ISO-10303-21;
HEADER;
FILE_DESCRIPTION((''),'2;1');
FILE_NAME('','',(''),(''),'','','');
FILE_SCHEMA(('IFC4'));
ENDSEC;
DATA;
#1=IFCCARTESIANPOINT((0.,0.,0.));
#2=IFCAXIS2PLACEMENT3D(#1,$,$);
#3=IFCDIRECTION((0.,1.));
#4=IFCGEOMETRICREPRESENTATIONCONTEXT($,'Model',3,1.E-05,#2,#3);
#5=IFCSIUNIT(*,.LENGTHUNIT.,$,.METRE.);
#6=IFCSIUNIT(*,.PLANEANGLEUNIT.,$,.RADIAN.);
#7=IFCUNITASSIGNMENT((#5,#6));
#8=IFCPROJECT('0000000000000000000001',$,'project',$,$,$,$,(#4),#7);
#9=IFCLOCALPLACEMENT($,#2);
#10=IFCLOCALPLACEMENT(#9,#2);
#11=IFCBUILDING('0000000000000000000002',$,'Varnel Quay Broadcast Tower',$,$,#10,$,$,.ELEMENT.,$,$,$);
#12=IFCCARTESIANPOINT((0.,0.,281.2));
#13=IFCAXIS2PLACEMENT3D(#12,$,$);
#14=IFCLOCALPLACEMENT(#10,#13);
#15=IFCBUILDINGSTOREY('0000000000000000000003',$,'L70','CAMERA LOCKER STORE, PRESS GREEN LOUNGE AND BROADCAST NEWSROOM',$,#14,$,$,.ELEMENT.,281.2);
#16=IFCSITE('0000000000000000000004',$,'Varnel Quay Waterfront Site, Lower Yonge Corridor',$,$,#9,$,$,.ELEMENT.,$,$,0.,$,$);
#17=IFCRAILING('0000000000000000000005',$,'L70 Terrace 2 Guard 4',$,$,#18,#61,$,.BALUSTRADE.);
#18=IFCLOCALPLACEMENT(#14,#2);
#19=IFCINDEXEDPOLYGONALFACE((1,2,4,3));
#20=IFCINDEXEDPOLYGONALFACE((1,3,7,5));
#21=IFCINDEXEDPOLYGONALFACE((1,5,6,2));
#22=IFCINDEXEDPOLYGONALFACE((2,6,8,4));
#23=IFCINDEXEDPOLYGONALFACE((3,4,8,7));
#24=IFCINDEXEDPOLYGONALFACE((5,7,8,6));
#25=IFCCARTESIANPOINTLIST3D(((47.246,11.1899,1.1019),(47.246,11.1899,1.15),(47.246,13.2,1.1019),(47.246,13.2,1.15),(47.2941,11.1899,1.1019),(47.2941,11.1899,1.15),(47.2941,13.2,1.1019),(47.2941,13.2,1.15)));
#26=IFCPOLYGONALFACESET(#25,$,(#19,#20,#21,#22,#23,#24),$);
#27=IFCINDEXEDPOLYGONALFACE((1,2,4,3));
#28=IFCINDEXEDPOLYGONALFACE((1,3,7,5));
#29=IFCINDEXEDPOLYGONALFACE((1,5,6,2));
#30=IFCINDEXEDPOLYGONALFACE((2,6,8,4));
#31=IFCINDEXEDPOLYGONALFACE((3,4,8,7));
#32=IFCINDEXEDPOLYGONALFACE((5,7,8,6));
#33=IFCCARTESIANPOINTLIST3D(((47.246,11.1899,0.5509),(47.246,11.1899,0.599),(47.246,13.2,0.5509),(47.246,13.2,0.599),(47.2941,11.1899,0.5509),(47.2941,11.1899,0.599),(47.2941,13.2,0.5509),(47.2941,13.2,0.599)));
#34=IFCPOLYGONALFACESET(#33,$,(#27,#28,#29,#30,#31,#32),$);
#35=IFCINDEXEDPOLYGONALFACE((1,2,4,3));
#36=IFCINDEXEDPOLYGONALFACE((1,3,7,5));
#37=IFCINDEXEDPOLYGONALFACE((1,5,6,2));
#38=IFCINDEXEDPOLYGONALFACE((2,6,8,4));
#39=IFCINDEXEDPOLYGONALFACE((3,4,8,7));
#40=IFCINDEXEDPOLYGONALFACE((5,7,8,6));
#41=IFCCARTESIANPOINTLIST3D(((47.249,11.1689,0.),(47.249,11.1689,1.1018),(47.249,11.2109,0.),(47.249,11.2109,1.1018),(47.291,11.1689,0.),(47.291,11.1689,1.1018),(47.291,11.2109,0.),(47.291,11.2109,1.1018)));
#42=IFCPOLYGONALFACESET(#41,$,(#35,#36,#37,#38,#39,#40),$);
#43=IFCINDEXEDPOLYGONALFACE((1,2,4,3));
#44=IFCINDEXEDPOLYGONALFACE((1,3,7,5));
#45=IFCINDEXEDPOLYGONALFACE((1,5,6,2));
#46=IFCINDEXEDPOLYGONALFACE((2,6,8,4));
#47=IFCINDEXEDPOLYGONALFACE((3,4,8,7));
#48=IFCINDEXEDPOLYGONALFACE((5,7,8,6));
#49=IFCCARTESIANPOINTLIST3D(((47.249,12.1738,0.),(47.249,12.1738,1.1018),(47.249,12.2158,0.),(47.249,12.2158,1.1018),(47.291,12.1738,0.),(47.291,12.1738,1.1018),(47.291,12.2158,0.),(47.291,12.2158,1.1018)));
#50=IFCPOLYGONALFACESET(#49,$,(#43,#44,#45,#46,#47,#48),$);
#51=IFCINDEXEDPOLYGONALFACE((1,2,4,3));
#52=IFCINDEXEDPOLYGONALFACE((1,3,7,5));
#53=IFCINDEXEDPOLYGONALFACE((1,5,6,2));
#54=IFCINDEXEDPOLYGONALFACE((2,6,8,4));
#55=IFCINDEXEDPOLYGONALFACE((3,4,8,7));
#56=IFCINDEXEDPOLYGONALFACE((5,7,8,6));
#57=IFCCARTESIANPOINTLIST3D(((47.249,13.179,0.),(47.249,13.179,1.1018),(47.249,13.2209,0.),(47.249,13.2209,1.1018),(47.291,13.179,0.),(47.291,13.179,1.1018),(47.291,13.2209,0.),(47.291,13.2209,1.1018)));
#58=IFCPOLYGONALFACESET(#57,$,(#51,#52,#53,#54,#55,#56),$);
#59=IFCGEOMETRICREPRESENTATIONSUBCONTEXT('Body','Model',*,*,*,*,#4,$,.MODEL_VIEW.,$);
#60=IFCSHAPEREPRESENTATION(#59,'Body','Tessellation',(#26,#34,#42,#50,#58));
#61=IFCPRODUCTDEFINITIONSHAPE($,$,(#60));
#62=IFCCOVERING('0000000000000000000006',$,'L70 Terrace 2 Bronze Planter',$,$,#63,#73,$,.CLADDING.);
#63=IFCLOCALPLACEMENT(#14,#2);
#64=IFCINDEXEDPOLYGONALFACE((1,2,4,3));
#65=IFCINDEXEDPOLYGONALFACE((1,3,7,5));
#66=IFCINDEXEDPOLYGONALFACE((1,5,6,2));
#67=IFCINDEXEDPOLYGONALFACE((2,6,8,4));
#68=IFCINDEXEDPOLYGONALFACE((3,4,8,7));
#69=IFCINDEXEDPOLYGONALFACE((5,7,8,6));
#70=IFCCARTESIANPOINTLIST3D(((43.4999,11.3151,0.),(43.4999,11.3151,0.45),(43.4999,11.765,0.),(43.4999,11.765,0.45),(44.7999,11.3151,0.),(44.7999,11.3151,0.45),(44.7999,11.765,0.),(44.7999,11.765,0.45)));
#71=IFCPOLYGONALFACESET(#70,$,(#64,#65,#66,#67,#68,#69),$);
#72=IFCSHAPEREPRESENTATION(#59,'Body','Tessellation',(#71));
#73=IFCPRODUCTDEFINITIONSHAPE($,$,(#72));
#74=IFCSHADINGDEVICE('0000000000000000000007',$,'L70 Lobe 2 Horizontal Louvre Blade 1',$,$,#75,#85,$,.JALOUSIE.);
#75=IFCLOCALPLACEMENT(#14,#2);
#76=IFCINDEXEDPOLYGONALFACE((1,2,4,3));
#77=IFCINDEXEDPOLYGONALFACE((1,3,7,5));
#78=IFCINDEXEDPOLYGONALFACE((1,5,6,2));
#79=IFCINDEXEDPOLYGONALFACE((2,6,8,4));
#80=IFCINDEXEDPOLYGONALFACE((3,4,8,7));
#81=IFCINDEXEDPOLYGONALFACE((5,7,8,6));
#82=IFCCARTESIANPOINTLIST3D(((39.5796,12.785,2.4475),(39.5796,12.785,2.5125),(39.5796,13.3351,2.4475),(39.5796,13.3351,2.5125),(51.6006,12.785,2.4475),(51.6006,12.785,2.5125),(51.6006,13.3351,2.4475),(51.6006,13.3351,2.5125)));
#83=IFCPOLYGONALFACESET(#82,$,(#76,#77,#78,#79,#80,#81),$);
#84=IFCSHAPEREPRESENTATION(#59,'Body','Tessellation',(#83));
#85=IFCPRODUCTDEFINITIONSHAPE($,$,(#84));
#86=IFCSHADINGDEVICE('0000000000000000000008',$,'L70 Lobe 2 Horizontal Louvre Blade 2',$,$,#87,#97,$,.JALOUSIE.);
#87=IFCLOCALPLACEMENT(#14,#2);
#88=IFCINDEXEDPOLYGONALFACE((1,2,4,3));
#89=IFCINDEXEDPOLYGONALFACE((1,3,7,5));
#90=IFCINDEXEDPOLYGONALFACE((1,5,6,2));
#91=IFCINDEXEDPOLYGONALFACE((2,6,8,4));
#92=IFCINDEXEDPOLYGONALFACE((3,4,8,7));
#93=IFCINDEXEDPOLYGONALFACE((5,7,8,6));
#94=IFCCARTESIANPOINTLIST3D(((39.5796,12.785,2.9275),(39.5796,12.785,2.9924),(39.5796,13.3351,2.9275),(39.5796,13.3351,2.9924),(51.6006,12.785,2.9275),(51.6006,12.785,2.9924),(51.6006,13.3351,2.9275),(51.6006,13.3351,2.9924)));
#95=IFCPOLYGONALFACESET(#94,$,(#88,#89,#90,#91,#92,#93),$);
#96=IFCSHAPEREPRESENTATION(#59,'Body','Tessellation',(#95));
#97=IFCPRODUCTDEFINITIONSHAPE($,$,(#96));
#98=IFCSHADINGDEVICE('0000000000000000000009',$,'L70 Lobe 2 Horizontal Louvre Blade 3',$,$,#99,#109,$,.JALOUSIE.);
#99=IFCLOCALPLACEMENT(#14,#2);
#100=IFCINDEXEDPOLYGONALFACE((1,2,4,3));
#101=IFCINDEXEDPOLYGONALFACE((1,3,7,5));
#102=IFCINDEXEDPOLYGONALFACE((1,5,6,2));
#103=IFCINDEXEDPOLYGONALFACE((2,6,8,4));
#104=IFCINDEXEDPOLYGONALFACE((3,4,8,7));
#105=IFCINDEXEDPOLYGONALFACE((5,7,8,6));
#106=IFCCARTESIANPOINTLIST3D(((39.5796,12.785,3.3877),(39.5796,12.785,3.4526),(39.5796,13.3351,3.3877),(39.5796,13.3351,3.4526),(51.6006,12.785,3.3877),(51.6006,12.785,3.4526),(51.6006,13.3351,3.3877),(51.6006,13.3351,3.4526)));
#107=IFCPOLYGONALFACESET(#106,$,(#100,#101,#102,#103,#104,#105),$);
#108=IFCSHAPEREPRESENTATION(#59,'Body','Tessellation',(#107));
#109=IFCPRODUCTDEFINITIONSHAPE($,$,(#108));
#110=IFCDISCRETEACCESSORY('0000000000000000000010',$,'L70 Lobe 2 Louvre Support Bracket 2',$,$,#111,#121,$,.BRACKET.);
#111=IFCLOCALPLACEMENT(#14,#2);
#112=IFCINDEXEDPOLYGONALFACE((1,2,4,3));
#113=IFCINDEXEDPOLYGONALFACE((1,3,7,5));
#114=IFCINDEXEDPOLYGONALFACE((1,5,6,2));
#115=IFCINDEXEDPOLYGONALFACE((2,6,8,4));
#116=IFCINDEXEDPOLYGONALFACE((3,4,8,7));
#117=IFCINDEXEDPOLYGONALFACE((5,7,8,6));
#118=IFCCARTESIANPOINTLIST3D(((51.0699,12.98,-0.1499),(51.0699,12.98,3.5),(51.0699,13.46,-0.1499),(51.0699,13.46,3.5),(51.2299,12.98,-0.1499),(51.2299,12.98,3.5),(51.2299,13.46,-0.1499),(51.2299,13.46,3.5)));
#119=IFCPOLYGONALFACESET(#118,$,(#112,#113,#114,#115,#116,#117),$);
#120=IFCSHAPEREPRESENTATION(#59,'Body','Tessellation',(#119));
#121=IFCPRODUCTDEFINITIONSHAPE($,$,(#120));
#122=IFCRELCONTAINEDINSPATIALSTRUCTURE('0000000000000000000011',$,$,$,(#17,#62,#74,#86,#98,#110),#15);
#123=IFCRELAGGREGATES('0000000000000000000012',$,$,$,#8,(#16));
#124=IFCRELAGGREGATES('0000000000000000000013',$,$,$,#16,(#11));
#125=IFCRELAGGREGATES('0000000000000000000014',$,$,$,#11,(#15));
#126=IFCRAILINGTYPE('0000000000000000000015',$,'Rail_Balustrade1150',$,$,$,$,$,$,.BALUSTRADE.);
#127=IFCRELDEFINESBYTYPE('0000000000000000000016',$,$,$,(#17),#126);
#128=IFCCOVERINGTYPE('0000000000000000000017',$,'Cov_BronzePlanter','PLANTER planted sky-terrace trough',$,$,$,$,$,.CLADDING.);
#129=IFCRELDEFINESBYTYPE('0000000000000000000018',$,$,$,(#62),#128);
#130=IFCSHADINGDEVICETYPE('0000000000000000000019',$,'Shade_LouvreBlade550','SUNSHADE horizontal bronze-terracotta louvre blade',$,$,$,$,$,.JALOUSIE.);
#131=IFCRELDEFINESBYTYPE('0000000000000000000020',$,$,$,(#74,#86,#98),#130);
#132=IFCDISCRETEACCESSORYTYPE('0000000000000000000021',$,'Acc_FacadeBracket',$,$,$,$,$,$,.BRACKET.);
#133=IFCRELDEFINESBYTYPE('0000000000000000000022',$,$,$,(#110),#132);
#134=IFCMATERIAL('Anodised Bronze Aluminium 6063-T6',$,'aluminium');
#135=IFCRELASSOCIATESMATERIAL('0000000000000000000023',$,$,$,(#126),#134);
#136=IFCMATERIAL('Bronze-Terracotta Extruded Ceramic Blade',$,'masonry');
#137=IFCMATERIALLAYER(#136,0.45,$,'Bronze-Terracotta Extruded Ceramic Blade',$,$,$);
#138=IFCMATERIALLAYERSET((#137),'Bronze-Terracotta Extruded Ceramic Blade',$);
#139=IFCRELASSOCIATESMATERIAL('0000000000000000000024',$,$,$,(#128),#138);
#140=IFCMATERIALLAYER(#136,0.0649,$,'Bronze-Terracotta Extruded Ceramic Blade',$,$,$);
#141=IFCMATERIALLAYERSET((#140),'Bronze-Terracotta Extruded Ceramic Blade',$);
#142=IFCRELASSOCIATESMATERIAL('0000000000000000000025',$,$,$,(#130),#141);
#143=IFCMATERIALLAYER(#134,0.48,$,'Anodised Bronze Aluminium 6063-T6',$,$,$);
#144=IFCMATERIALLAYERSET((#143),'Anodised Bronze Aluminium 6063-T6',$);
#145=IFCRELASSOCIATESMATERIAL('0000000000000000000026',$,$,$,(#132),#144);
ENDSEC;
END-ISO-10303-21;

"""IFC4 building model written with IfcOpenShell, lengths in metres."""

from ifc_helpers import new_model, si_unit, direction, frame, origin, origin_2d, place, context, subcontext, project, spatial, rectangle, extrude, source, transform, mapped, material, layer, layer_set, type_object, type_shapes, element, save


model = new_model("IFC4")

# Units and contexts
model_context = context("Model", 3, precision=1e-05, world=origin(), true_north=direction((0.0, 1.0)))
body_context = subcontext(model_context, "Body", "Model", "MODEL_VIEW")
ifc_project = project(units=[si_unit("LENGTHUNIT", "METRE"), si_unit("PLANEANGLEUNIT", "RADIAN")], contexts=[model_context])

# Site, building, storey
site_placement = place(None, origin())
site = spatial("IfcSite", under=ifc_project, at=site_placement, Name="Varnel Quay Waterfront Site, Lower Yonge Corridor", CompositionType="ELEMENT", RefElevation=0.0)
building_placement = place(site_placement, origin())
building = spatial("IfcBuilding", under=site, at=building_placement, Name="Varnel Quay Broadcast Tower", CompositionType="ELEMENT")
storey_placement = place(building_placement, frame((0.0, 0.0, 281.2)))
storey = spatial("IfcBuildingStorey", under=building, at=storey_placement, Name="L70", Description="CAMERA LOCKER STORE, PRESS GREEN LOUNGE AND BROADCAST NEWSROOM", CompositionType="ELEMENT", Elevation=281.2)

# Shared definitions
ifc_material_1 = material(Name="Anodised Bronze Aluminium 6063-T6", Category="aluminium")

# Railing
railing_type = type_object("IfcRailingType", Name="Rail_Balustrade1150", PredefinedType="BALUSTRADE", material=ifc_material_1)
railing_placement = place(storey_placement, frame((47.27, 11.1899, 0.0)))
element("IfcRailing", 1, at=railing_placement, inside=storey, type_object=railing_type, Name="L70 Terrace 2 Guard 4", PredefinedType="BALUSTRADE", context=body_context, shape_type="SweptSolid", body=[
    extrude(rectangle(XDim=0.0481, YDim=0.0481, at=origin_2d()), frame((0.0, 0.0, 1.126), z_axis=(0.0, 1.0, 0.0), x_axis=(-1.0, 0.0, 0.0)), (0.0, 0.0, 1.0), 2.01),
    extrude(rectangle(XDim=0.0481, YDim=0.0481, at=origin_2d()), frame((0.0, 0.0, 0.575), z_axis=(0.0, 1.0, 0.0), x_axis=(-1.0, 0.0, 0.0)), (0.0, 0.0, 1.0), 2.01),
    extrude(rectangle(XDim=0.042, YDim=0.042, at=origin_2d()), origin(), (0.0, 0.0, 1.0), 1.1018),
    extrude(rectangle(XDim=0.042, YDim=0.042, at=origin_2d()), frame((0.0, 1.0049, 0.0)), (0.0, 0.0, 1.0), 1.1018),
    extrude(rectangle(XDim=0.042, YDim=0.042, at=origin_2d()), frame((0.0, 2.01, 0.0)), (0.0, 0.0, 1.0), 1.1018),
])

# Covering
ifc_material_2 = material(Name="Bronze-Terracotta Extruded Ceramic Blade", Category="masonry")
ifc_layer_1 = layer(ifc_material_2, 0.45, Name="Bronze-Terracotta Extruded Ceramic Blade")
ifc_layer_set_1 = layer_set([ifc_layer_1], Name="Bronze-Terracotta Extruded Ceramic Blade")
covering_type = type_object("IfcCoveringType", Name="Cov_BronzePlanter", Description="PLANTER planted sky-terrace trough", PredefinedType="CLADDING", material=ifc_layer_set_1)
shared_shape_1 = source(origin(), body_context, "Body", "SweptSolid", [
    extrude(rectangle(XDim=1.3, YDim=0.45, at=origin_2d()), origin(), (0.0, 0.0, 1.0), 0.45),
])
type_shapes(covering_type, [shared_shape_1])
covering_placement = place(storey_placement, frame((44.1499, 11.54, 0.0), z_axis=(0.0, 0.0, 1.0), x_axis=(1.0, 0.0, 0.0)))
element("IfcCovering", 2, at=covering_placement, inside=storey, type_object=covering_type, Name="L70 Terrace 2 Bronze Planter", PredefinedType="CLADDING", context=body_context, shape_type="MappedRepresentation", body=[
    mapped(shared_shape_1, transform((0.0, 0.0, 0.0), x_axis=(1.0, 0.0, 0.0), y_axis=(0.0, 1.0, 0.0), z_axis=(0.0, 0.0, 1.0), scale=1.0)),
])

# Shading devices
ifc_layer_2 = layer(ifc_material_2, 0.0649, Name="Bronze-Terracotta Extruded Ceramic Blade")
ifc_layer_set_2 = layer_set([ifc_layer_2], Name="Bronze-Terracotta Extruded Ceramic Blade")
shading_device_type = type_object("IfcShadingDeviceType", Name="Shade_LouvreBlade550", Description="SUNSHADE horizontal bronze-terracotta louvre blade", PredefinedType="JALOUSIE", material=ifc_layer_set_2)
shared_shape_2 = source(origin(), body_context, "Body", "SweptSolid", [
    extrude(rectangle(XDim=12.021, YDim=0.55, at=origin_2d()), origin(), (0.0, 0.0, 1.0), 0.0649),
])
type_shapes(shading_device_type, [shared_shape_2])
for number, where, z_axis, x_axis, name in (
    (3, (45.5901, 13.0601, 2.4475), (0.0, 0.0, 1.0), (1.0, 0.0, 0.0), "L70 Lobe 2 Horizontal Louvre Blade 1"),
    (4, (45.5901, 13.0601, 2.9275), (0.0, 0.0, 1.0), (1.0, 0.0, 0.0), "L70 Lobe 2 Horizontal Louvre Blade 2"),
    (5, (45.5901, 13.0601, 3.3877), (0.0, 0.0, 1.0), (1.0, 0.0, 0.0), "L70 Lobe 2 Horizontal Louvre Blade 3"),
):
    element("IfcShadingDevice", number, at=place(storey_placement, frame(where, z_axis=z_axis, x_axis=x_axis)), inside=storey, type_object=shading_device_type, Name=name, PredefinedType="JALOUSIE", context=body_context, shape_type="MappedRepresentation", body=[
        mapped(shared_shape_2, transform((0.0, 0.0, 0.0), x_axis=(1.0, 0.0, 0.0), y_axis=(0.0, 1.0, 0.0), z_axis=(0.0, 0.0, 1.0), scale=1.0)),
    ])

# Discrete accessory
ifc_layer_3 = layer(ifc_material_1, 0.48, Name="Anodised Bronze Aluminium 6063-T6")
ifc_layer_set_3 = layer_set([ifc_layer_3], Name="Anodised Bronze Aluminium 6063-T6")
discrete_accessory_type = type_object("IfcDiscreteAccessoryType", Name="Acc_FacadeBracket", PredefinedType="BRACKET", material=ifc_layer_set_3)
shared_shape_3 = source(origin(), body_context, "Body", "SweptSolid", [
    extrude(rectangle(XDim=0.1599, YDim=0.48, at=origin_2d()), origin(), (0.0, 0.0, 1.0), 3.6499),
])
type_shapes(discrete_accessory_type, [shared_shape_3])
discrete_accessory_placement = place(storey_placement, frame((51.1499, 13.22, -0.1499), z_axis=(0.0, 0.0, 1.0), x_axis=(1.0, 0.0, 0.0)))
element("IfcDiscreteAccessory", 6, at=discrete_accessory_placement, inside=storey, type_object=discrete_accessory_type, Name="L70 Lobe 2 Louvre Support Bracket 2", PredefinedType="BRACKET", context=body_context, shape_type="MappedRepresentation", body=[
    mapped(shared_shape_3, transform((0.0, 0.0, 0.0), x_axis=(1.0, 0.0, 0.0), y_axis=(0.0, 1.0, 0.0), z_axis=(0.0, 0.0, 1.0), scale=1.0)),
])

save(model, "model.ifc")
